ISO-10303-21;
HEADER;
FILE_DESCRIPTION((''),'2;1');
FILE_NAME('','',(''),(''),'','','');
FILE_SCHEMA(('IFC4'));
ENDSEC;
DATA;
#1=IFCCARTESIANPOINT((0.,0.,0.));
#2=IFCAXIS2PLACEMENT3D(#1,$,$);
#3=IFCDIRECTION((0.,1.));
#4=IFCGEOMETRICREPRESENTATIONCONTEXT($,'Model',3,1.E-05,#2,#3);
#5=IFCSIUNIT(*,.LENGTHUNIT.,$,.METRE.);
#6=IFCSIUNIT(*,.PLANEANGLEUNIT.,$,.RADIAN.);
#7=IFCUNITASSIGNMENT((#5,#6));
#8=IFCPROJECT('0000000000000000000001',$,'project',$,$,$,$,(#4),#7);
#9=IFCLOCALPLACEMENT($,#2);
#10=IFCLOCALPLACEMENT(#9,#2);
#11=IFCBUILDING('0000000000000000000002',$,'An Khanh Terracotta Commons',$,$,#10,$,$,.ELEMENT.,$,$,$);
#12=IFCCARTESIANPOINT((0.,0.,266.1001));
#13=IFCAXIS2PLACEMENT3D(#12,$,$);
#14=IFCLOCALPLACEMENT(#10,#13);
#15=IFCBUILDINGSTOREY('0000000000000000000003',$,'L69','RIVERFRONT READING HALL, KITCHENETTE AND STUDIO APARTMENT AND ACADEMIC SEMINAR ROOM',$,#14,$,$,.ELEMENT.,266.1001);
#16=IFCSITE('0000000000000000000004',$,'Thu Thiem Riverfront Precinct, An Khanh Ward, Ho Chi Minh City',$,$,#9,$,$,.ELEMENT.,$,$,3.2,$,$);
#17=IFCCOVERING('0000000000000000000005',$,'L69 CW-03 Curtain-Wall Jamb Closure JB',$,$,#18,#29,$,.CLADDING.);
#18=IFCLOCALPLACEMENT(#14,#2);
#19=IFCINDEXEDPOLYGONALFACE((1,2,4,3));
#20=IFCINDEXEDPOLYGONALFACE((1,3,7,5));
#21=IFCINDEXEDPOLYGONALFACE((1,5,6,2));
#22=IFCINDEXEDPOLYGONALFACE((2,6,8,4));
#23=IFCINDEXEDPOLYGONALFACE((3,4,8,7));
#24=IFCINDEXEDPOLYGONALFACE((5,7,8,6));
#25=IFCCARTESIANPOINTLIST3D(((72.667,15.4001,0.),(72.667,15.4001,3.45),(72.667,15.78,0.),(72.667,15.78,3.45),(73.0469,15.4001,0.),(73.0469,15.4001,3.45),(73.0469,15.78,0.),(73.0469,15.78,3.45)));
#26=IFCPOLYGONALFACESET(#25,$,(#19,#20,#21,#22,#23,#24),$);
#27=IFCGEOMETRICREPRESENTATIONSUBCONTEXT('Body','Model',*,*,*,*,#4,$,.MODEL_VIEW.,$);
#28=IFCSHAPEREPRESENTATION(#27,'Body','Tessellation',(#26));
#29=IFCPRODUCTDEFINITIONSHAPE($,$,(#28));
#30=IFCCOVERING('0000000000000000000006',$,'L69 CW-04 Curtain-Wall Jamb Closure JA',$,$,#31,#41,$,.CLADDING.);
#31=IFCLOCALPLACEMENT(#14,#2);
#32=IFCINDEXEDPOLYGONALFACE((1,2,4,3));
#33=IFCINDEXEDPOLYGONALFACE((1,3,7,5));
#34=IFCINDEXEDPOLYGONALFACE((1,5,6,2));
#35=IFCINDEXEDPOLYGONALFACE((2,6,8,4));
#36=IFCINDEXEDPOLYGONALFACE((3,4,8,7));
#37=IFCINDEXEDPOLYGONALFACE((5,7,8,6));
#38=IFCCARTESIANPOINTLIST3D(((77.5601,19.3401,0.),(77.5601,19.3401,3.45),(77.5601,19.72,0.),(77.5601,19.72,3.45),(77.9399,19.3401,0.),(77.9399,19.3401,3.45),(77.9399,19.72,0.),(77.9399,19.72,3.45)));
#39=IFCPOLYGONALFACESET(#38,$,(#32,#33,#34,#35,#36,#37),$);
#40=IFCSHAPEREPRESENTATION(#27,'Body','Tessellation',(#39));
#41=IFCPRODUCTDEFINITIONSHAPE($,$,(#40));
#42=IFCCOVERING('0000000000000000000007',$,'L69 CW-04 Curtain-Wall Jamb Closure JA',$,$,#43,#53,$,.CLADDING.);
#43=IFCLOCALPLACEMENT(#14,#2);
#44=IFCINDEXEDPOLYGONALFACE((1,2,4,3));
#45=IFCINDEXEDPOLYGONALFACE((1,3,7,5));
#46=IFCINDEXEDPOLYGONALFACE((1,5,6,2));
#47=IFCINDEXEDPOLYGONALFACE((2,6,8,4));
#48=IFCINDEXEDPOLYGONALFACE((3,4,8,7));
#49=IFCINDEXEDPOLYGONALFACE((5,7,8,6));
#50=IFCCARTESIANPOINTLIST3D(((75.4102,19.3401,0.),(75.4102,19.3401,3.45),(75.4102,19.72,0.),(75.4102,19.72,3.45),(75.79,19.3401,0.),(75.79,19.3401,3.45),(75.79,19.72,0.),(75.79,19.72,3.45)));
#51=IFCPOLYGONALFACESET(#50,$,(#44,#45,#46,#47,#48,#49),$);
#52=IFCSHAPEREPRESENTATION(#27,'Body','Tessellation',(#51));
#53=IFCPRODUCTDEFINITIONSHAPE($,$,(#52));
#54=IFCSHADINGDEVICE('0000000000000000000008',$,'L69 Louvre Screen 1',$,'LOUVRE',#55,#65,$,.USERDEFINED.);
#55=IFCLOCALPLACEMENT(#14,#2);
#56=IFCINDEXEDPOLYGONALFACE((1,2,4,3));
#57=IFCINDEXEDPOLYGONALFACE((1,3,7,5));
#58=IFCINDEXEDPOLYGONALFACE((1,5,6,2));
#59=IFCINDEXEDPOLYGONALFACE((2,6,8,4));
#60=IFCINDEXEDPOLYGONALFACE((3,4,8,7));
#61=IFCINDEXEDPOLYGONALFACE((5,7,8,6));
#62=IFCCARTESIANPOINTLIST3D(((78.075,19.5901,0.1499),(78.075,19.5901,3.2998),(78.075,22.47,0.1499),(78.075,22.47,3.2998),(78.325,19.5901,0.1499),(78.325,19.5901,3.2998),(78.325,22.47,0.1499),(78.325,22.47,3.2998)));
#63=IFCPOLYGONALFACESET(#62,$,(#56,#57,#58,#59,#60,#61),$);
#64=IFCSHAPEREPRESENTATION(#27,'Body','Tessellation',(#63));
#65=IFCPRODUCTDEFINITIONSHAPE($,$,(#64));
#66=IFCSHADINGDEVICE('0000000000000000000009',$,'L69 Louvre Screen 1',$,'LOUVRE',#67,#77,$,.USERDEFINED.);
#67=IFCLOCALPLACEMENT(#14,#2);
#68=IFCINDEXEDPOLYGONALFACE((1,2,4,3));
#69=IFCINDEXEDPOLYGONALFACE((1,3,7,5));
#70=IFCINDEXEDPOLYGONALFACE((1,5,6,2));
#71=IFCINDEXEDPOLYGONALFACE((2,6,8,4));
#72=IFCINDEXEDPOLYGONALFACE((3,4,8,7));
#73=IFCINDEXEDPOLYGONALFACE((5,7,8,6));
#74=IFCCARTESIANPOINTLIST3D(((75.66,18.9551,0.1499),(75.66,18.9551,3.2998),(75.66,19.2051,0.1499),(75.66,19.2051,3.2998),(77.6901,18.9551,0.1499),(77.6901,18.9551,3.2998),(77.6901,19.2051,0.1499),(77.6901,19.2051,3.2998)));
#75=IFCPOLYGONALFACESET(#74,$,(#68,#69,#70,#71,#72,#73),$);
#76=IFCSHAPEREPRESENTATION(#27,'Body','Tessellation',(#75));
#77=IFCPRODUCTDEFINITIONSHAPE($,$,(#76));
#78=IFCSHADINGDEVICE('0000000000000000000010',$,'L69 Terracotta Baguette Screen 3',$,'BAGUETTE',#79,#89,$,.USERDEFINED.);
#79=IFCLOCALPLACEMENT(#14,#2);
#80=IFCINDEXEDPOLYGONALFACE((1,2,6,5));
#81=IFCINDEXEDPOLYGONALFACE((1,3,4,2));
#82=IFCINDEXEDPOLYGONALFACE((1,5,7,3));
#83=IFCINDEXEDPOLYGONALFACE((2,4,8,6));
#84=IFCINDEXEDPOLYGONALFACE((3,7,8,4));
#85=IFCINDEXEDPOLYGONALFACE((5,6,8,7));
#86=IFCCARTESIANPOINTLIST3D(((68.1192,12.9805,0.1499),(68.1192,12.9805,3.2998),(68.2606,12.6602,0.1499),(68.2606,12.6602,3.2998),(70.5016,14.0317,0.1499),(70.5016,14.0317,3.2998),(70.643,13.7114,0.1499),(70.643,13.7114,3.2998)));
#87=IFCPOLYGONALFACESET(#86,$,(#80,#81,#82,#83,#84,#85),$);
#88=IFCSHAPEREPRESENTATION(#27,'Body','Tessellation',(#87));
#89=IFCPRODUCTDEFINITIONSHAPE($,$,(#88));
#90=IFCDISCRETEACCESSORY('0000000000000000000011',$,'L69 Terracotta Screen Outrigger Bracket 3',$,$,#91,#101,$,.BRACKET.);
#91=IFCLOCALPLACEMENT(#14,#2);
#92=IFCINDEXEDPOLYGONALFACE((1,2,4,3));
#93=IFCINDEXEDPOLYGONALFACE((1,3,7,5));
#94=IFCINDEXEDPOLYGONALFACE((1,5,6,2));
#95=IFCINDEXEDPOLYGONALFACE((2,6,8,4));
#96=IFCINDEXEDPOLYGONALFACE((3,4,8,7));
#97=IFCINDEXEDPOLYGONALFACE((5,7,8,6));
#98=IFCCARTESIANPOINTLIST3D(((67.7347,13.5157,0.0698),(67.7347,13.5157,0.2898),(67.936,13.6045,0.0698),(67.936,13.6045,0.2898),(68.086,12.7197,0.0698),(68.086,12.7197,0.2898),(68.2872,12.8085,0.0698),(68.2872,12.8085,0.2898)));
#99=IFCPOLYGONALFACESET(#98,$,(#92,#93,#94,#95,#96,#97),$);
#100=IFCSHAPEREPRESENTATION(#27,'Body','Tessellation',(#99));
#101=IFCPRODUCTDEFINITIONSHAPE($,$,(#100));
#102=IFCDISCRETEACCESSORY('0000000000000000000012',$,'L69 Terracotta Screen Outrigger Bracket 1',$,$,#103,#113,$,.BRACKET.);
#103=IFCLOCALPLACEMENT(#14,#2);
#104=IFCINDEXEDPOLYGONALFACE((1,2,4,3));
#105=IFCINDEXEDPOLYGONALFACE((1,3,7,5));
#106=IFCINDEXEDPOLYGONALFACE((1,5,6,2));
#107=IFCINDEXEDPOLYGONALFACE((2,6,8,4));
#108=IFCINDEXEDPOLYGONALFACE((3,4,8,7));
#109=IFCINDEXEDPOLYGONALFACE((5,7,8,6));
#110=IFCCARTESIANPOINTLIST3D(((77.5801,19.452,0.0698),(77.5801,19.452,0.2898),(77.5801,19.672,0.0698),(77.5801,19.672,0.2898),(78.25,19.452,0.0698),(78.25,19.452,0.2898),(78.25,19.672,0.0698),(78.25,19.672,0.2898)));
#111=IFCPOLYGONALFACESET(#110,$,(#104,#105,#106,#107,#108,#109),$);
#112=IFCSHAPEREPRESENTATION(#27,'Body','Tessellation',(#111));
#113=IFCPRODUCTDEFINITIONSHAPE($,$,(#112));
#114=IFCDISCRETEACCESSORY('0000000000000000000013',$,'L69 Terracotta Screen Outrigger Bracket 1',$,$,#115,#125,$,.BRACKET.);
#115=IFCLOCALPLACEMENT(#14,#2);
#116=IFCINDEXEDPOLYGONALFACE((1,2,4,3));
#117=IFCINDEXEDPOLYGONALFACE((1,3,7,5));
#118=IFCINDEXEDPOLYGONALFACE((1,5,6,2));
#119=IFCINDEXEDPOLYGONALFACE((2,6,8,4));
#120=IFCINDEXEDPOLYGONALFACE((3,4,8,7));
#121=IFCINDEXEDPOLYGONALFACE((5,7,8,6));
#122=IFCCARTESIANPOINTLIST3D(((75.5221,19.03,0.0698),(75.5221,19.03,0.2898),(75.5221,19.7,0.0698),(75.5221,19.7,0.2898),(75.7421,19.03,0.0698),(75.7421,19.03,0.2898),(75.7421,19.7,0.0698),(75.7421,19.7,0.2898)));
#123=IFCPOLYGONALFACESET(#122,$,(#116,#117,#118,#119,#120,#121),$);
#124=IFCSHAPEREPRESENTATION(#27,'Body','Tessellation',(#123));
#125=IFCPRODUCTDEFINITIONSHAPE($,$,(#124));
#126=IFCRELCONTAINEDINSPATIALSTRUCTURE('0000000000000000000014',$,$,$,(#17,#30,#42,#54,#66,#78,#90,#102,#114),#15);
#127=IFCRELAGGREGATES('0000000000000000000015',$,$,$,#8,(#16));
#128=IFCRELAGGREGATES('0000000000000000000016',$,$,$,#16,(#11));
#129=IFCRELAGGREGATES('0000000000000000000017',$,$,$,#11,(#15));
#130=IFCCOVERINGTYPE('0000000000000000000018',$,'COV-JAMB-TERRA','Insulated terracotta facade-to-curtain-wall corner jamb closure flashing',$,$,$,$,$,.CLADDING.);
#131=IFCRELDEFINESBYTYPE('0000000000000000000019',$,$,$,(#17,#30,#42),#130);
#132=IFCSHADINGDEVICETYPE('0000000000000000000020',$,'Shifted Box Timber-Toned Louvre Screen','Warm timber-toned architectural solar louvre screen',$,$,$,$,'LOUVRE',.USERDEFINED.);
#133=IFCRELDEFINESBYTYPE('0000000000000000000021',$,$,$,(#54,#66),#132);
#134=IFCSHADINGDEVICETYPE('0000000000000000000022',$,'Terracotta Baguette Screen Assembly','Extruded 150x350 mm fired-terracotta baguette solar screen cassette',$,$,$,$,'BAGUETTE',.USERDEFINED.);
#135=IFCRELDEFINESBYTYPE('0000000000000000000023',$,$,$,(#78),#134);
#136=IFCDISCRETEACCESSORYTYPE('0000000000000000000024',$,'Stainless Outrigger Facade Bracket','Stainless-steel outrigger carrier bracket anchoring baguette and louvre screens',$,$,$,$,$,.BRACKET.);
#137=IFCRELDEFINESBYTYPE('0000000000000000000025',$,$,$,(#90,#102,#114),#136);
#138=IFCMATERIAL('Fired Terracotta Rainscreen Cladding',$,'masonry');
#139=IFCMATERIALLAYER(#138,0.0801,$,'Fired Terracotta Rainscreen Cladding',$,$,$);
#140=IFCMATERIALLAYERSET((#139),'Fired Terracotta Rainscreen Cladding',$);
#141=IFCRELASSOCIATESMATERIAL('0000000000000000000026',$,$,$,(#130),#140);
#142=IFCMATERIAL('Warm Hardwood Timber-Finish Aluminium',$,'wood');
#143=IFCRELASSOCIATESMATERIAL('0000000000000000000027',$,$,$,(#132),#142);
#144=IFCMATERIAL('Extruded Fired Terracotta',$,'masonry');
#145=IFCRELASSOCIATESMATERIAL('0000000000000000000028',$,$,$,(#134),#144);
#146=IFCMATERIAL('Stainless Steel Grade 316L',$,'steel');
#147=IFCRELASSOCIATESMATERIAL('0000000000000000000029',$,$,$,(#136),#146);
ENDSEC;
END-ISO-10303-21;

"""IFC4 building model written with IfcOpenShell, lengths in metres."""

from ifc_helpers import new_model, si_unit, direction, frame, origin, origin_2d, place, context, subcontext, project, spatial, rectangle, extrude, material, layer, layer_set, type_object, element, save


model = new_model("IFC4")

# Units and contexts
model_context = context("Model", 3, precision=1e-05, world=origin(), true_north=direction((0.0, 1.0)))
body_context = subcontext(model_context, "Body", "Model", "MODEL_VIEW")
ifc_project = project(units=[si_unit("LENGTHUNIT", "METRE"), si_unit("PLANEANGLEUNIT", "RADIAN")], contexts=[model_context])

# Site, building, storey
site_placement = place(None, origin())
site = spatial("IfcSite", under=ifc_project, at=site_placement, Name="Thu Thiem Riverfront Precinct, An Khanh Ward, Ho Chi Minh City", CompositionType="ELEMENT", RefElevation=3.2)
building_placement = place(site_placement, origin())
building = spatial("IfcBuilding", under=site, at=building_placement, Name="An Khanh Terracotta Commons", CompositionType="ELEMENT")
storey_placement = place(building_placement, frame((0.0, 0.0, 266.1001)))
storey = spatial("IfcBuildingStorey", under=building, at=storey_placement, Name="L69", Description="RIVERFRONT READING HALL, KITCHENETTE AND STUDIO APARTMENT AND ACADEMIC SEMINAR ROOM", CompositionType="ELEMENT", Elevation=266.1001)

# Coverings
ifc_material_1 = material(Name="Fired Terracotta Rainscreen Cladding", Category="masonry")
ifc_layer_1 = layer(ifc_material_1, 0.0801, Name="Fired Terracotta Rainscreen Cladding")
ifc_layer_set_1 = layer_set([ifc_layer_1], Name="Fired Terracotta Rainscreen Cladding")
covering_type = type_object("IfcCoveringType", Name="COV-JAMB-TERRA", Description="Insulated terracotta facade-to-curtain-wall corner jamb closure flashing", PredefinedType="CLADDING", material=ifc_layer_set_1)
for number, where, z_axis, x_axis, name in (
    (1, (72.8569, 15.5901, 0.0), (0.0, 0.0, 1.0), (1.0, 0.0, 0.0), "L69 CW-03 Curtain-Wall Jamb Closure JB"),
    (2, (77.75, 19.53, 0.0), (0.0, 0.0, 1.0), (1.0, 0.0, 0.0), "L69 CW-04 Curtain-Wall Jamb Closure JA"),
    (3, (75.6001, 19.53, 0.0), (0.0, 0.0, 1.0), (1.0, 0.0, 0.0), "L69 CW-04 Curtain-Wall Jamb Closure JA"),
):
    element("IfcCovering", number, at=place(storey_placement, frame(where, z_axis=z_axis, x_axis=x_axis)), inside=storey, type_object=covering_type, Name=name, PredefinedType="CLADDING", context=body_context, shape_type="SweptSolid", body=[
        extrude(rectangle(XDim=0.3799, YDim=0.3799, at=origin_2d()), origin(), (0.0, 0.0, 1.0), 3.45),
    ])

# Shading devices
ifc_material_2 = material(Name="Warm Hardwood Timber-Finish Aluminium", Category="wood")
shading_device_type_1 = type_object("IfcShadingDeviceType", Name="Shifted Box Timber-Toned Louvre Screen", Description="Warm timber-toned architectural solar louvre screen", ElementType="LOUVRE", PredefinedType="USERDEFINED", material=ifc_material_2)
shading_device_1_placement = place(storey_placement, frame((78.2, 21.03, 0.1499), z_axis=(0.0, 0.0, 1.0), x_axis=(0.0, 1.0, 0.0)))
element("IfcShadingDevice", 4, at=shading_device_1_placement, inside=storey, type_object=shading_device_type_1, Name="L69 Louvre Screen 1", ObjectType="LOUVRE", PredefinedType="USERDEFINED", context=body_context, shape_type="SweptSolid", body=[
    extrude(rectangle(XDim=2.8799, YDim=0.25, at=origin_2d()), origin(), (0.0, 0.0, 1.0), 3.1499),
])
shading_device_2_placement = place(storey_placement, frame((76.675, 19.0801, 0.1499), z_axis=(0.0, 0.0, 1.0), x_axis=(1.0, 0.0, 0.0)))
element("IfcShadingDevice", 5, at=shading_device_2_placement, inside=storey, type_object=shading_device_type_1, Name="L69 Louvre Screen 1", ObjectType="LOUVRE", PredefinedType="USERDEFINED", context=body_context, shape_type="SweptSolid", body=[
    extrude(rectangle(XDim=2.03, YDim=0.25, at=origin_2d()), origin(), (0.0, 0.0, 1.0), 3.1499),
])
ifc_material_3 = material(Name="Extruded Fired Terracotta", Category="masonry")
shading_device_type_2 = type_object("IfcShadingDeviceType", Name="Terracotta Baguette Screen Assembly", Description="Extruded 150x350 mm fired-terracotta baguette solar screen cassette", ElementType="BAGUETTE", PredefinedType="USERDEFINED", material=ifc_material_3)
shading_device_3_placement = place(storey_placement, frame((69.3811, 13.3459, 0.1499), z_axis=(0.0, 0.0, 1.0), x_axis=(0.914902, 0.403676, 0.0)))
element("IfcShadingDevice", 6, at=shading_device_3_placement, inside=storey, type_object=shading_device_type_2, Name="L69 Terracotta Baguette Screen 3", ObjectType="BAGUETTE", PredefinedType="USERDEFINED", context=body_context, shape_type="SweptSolid", body=[
    extrude(rectangle(XDim=2.604, YDim=0.3501, at=origin_2d()), origin(), (0.0, 0.0, 1.0), 3.1499),
])

# Discrete accessories
ifc_material_4 = material(Name="Stainless Steel Grade 316L", Category="steel")
discrete_accessory_type = type_object("IfcDiscreteAccessoryType", Name="Stainless Outrigger Facade Bracket", Description="Stainless-steel outrigger carrier bracket anchoring baguette and louvre screens", PredefinedType="BRACKET", material=ifc_material_4)
discrete_accessory_placement = place(storey_placement, frame((68.011, 13.1621, 0.0698), z_axis=(0.0, 0.0, 1.0), x_axis=(0.914902, 0.403676, 0.0)))
element("IfcDiscreteAccessory", 7, at=discrete_accessory_placement, inside=storey, type_object=discrete_accessory_type, Name="L69 Terracotta Screen Outrigger Bracket 3", PredefinedType="BRACKET", context=body_context, shape_type="SweptSolid", body=[
    extrude(rectangle(XDim=0.22, YDim=0.8701, at=origin_2d()), origin(), (0.0, 0.0, 1.0), 0.22),
])
for number, where, z_axis, x_axis, name in (
    (8, (77.915, 19.562, 0.0698), (0.0, 0.0, 1.0), (0.0, 1.0, 0.0), "L69 Terracotta Screen Outrigger Bracket 1"),
    (9, (75.6321, 19.365, 0.0698), (0.0, 0.0, 1.0), (1.0, 0.0, 0.0), "L69 Terracotta Screen Outrigger Bracket 1"),
):
    element("IfcDiscreteAccessory", number, at=place(storey_placement, frame(where, z_axis=z_axis, x_axis=x_axis)), inside=storey, type_object=discrete_accessory_type, Name=name, PredefinedType="BRACKET", context=body_context, shape_type="SweptSolid", body=[
        extrude(rectangle(XDim=0.22, YDim=0.6699, at=origin_2d()), origin(), (0.0, 0.0, 1.0), 0.22),
    ])

save(model, "model.ifc")
